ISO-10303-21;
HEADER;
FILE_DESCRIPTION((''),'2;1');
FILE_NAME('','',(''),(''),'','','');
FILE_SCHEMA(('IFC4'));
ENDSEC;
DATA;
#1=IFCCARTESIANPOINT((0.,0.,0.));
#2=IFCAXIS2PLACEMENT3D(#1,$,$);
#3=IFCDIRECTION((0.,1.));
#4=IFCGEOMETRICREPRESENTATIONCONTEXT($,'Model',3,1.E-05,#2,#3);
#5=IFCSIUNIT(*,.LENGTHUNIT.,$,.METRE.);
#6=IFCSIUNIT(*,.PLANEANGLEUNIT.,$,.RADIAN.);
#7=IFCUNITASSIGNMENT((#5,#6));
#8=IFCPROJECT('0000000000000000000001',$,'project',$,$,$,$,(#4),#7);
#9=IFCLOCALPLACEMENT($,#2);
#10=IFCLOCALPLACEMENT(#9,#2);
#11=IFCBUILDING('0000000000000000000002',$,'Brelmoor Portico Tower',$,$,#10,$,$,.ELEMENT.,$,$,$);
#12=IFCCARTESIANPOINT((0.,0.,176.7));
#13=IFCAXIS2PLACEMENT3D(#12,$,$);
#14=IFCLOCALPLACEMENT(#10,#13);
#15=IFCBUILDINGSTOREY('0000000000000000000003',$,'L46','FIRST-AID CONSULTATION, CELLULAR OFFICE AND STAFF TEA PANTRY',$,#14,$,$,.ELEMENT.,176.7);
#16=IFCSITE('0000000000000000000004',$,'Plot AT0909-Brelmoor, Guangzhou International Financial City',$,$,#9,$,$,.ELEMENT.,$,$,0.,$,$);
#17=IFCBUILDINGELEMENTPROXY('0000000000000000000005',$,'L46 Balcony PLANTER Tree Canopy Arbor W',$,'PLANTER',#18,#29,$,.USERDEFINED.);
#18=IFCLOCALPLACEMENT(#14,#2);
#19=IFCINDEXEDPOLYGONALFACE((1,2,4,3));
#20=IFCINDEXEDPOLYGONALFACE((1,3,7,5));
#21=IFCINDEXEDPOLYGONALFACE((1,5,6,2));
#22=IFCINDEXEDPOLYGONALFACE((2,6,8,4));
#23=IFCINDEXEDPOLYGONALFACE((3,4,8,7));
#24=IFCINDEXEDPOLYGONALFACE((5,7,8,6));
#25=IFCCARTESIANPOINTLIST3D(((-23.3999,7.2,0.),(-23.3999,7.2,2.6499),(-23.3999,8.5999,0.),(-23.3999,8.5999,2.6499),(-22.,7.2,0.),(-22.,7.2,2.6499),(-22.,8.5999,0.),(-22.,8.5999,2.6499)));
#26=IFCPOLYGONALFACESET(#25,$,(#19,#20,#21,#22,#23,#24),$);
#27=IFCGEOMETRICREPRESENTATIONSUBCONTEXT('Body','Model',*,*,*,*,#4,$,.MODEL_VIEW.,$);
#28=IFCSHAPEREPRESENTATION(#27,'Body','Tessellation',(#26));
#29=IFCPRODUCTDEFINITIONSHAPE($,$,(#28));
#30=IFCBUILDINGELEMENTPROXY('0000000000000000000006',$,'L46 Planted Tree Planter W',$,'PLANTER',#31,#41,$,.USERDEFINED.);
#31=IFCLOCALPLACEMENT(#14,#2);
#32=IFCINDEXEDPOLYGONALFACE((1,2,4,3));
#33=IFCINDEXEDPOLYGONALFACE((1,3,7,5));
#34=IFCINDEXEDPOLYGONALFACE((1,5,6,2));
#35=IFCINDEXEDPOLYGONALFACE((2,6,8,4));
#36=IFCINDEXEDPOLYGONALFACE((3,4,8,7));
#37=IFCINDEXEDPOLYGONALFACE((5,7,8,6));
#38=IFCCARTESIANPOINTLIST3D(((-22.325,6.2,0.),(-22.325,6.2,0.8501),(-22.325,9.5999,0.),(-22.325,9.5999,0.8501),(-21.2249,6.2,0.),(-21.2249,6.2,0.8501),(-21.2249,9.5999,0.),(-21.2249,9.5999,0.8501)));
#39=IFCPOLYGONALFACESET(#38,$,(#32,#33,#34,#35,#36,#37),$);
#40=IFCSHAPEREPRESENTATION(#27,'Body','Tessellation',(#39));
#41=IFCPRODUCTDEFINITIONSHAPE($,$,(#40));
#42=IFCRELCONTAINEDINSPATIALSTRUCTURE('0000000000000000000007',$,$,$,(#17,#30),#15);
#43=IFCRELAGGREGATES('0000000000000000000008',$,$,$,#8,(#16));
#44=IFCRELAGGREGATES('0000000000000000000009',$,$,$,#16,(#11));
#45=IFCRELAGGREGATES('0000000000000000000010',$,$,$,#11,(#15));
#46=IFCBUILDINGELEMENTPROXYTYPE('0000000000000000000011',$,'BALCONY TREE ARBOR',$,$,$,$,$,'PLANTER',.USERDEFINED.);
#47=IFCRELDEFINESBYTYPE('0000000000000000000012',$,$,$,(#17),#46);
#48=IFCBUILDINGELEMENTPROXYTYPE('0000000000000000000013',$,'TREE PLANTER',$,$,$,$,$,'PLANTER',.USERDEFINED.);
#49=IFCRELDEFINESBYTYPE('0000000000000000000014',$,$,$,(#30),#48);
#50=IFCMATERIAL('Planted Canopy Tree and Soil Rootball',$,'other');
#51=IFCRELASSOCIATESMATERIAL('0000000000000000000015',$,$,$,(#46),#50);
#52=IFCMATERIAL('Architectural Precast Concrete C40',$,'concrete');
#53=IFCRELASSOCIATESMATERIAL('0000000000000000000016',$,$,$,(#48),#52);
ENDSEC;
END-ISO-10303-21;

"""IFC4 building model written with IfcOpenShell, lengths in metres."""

from ifc_helpers import new_model, si_unit, direction, frame, origin, origin_2d, place, context, subcontext, project, spatial, rectangle, extrude, material, type_object, element, save


model = new_model("IFC4")

# Units and contexts
model_context = context("Model", 3, precision=1e-05, world=origin(), true_north=direction((0.0, 1.0)))
body_context = subcontext(model_context, "Body", "Model", "MODEL_VIEW")
ifc_project = project(units=[si_unit("LENGTHUNIT", "METRE"), si_unit("PLANEANGLEUNIT", "RADIAN")], contexts=[model_context])

# Site, building, storey
site_placement = place(None, origin())
site = spatial("IfcSite", under=ifc_project, at=site_placement, Name="Plot AT0909-Brelmoor, Guangzhou International Financial City", CompositionType="ELEMENT", RefElevation=0.0)
building_placement = place(site_placement, origin())
building = spatial("IfcBuilding", under=site, at=building_placement, Name="Brelmoor Portico Tower", CompositionType="ELEMENT")
storey_placement = place(building_placement, frame((0.0, 0.0, 176.7)))
storey = spatial("IfcBuildingStorey", under=building, at=storey_placement, Name="L46", Description="FIRST-AID CONSULTATION, CELLULAR OFFICE AND STAFF TEA PANTRY", CompositionType="ELEMENT", Elevation=176.7)

# Building element proxies
ifc_material_1 = material(Name="Planted Canopy Tree and Soil Rootball", Category="other")
building_element_proxy_type_1 = type_object("IfcBuildingElementProxyType", Name="BALCONY TREE ARBOR", ElementType="PLANTER", PredefinedType="USERDEFINED", material=ifc_material_1)
proxy_1_placement = place(storey_placement, frame((-22.7, 7.8999, 0.0), z_axis=(0.0, 0.0, 1.0), x_axis=(1.0, 0.0, 0.0)))
element("IfcBuildingElementProxy", 1, at=proxy_1_placement, inside=storey, type_object=building_element_proxy_type_1, Name="L46 Balcony PLANTER Tree Canopy Arbor W", ObjectType="PLANTER", PredefinedType="USERDEFINED", context=body_context, shape_type="SweptSolid", body=[
    extrude(rectangle(XDim=1.3999, YDim=1.3999, at=origin_2d()), origin(), (0.0, 0.0, 1.0), 2.6499),
])
ifc_material_2 = material(Name="Architectural Precast Concrete C40", Category="concrete")
building_element_proxy_type_2 = type_object("IfcBuildingElementProxyType", Name="TREE PLANTER", ElementType="PLANTER", PredefinedType="USERDEFINED", material=ifc_material_2)
proxy_2_placement = place(storey_placement, frame((-21.7749, 7.8999, 0.0), z_axis=(0.0, 0.0, 1.0), x_axis=(0.0, 1.0, 0.0)))
element("IfcBuildingElementProxy", 2, at=proxy_2_placement, inside=storey, type_object=building_element_proxy_type_2, Name="L46 Planted Tree Planter W", ObjectType="PLANTER", PredefinedType="USERDEFINED", context=body_context, shape_type="SweptSolid", body=[
    extrude(rectangle(XDim=3.3999, YDim=1.1001, at=origin_2d()), origin(), (0.0, 0.0, 1.0), 0.8501),
])

save(model, "model.ifc")
